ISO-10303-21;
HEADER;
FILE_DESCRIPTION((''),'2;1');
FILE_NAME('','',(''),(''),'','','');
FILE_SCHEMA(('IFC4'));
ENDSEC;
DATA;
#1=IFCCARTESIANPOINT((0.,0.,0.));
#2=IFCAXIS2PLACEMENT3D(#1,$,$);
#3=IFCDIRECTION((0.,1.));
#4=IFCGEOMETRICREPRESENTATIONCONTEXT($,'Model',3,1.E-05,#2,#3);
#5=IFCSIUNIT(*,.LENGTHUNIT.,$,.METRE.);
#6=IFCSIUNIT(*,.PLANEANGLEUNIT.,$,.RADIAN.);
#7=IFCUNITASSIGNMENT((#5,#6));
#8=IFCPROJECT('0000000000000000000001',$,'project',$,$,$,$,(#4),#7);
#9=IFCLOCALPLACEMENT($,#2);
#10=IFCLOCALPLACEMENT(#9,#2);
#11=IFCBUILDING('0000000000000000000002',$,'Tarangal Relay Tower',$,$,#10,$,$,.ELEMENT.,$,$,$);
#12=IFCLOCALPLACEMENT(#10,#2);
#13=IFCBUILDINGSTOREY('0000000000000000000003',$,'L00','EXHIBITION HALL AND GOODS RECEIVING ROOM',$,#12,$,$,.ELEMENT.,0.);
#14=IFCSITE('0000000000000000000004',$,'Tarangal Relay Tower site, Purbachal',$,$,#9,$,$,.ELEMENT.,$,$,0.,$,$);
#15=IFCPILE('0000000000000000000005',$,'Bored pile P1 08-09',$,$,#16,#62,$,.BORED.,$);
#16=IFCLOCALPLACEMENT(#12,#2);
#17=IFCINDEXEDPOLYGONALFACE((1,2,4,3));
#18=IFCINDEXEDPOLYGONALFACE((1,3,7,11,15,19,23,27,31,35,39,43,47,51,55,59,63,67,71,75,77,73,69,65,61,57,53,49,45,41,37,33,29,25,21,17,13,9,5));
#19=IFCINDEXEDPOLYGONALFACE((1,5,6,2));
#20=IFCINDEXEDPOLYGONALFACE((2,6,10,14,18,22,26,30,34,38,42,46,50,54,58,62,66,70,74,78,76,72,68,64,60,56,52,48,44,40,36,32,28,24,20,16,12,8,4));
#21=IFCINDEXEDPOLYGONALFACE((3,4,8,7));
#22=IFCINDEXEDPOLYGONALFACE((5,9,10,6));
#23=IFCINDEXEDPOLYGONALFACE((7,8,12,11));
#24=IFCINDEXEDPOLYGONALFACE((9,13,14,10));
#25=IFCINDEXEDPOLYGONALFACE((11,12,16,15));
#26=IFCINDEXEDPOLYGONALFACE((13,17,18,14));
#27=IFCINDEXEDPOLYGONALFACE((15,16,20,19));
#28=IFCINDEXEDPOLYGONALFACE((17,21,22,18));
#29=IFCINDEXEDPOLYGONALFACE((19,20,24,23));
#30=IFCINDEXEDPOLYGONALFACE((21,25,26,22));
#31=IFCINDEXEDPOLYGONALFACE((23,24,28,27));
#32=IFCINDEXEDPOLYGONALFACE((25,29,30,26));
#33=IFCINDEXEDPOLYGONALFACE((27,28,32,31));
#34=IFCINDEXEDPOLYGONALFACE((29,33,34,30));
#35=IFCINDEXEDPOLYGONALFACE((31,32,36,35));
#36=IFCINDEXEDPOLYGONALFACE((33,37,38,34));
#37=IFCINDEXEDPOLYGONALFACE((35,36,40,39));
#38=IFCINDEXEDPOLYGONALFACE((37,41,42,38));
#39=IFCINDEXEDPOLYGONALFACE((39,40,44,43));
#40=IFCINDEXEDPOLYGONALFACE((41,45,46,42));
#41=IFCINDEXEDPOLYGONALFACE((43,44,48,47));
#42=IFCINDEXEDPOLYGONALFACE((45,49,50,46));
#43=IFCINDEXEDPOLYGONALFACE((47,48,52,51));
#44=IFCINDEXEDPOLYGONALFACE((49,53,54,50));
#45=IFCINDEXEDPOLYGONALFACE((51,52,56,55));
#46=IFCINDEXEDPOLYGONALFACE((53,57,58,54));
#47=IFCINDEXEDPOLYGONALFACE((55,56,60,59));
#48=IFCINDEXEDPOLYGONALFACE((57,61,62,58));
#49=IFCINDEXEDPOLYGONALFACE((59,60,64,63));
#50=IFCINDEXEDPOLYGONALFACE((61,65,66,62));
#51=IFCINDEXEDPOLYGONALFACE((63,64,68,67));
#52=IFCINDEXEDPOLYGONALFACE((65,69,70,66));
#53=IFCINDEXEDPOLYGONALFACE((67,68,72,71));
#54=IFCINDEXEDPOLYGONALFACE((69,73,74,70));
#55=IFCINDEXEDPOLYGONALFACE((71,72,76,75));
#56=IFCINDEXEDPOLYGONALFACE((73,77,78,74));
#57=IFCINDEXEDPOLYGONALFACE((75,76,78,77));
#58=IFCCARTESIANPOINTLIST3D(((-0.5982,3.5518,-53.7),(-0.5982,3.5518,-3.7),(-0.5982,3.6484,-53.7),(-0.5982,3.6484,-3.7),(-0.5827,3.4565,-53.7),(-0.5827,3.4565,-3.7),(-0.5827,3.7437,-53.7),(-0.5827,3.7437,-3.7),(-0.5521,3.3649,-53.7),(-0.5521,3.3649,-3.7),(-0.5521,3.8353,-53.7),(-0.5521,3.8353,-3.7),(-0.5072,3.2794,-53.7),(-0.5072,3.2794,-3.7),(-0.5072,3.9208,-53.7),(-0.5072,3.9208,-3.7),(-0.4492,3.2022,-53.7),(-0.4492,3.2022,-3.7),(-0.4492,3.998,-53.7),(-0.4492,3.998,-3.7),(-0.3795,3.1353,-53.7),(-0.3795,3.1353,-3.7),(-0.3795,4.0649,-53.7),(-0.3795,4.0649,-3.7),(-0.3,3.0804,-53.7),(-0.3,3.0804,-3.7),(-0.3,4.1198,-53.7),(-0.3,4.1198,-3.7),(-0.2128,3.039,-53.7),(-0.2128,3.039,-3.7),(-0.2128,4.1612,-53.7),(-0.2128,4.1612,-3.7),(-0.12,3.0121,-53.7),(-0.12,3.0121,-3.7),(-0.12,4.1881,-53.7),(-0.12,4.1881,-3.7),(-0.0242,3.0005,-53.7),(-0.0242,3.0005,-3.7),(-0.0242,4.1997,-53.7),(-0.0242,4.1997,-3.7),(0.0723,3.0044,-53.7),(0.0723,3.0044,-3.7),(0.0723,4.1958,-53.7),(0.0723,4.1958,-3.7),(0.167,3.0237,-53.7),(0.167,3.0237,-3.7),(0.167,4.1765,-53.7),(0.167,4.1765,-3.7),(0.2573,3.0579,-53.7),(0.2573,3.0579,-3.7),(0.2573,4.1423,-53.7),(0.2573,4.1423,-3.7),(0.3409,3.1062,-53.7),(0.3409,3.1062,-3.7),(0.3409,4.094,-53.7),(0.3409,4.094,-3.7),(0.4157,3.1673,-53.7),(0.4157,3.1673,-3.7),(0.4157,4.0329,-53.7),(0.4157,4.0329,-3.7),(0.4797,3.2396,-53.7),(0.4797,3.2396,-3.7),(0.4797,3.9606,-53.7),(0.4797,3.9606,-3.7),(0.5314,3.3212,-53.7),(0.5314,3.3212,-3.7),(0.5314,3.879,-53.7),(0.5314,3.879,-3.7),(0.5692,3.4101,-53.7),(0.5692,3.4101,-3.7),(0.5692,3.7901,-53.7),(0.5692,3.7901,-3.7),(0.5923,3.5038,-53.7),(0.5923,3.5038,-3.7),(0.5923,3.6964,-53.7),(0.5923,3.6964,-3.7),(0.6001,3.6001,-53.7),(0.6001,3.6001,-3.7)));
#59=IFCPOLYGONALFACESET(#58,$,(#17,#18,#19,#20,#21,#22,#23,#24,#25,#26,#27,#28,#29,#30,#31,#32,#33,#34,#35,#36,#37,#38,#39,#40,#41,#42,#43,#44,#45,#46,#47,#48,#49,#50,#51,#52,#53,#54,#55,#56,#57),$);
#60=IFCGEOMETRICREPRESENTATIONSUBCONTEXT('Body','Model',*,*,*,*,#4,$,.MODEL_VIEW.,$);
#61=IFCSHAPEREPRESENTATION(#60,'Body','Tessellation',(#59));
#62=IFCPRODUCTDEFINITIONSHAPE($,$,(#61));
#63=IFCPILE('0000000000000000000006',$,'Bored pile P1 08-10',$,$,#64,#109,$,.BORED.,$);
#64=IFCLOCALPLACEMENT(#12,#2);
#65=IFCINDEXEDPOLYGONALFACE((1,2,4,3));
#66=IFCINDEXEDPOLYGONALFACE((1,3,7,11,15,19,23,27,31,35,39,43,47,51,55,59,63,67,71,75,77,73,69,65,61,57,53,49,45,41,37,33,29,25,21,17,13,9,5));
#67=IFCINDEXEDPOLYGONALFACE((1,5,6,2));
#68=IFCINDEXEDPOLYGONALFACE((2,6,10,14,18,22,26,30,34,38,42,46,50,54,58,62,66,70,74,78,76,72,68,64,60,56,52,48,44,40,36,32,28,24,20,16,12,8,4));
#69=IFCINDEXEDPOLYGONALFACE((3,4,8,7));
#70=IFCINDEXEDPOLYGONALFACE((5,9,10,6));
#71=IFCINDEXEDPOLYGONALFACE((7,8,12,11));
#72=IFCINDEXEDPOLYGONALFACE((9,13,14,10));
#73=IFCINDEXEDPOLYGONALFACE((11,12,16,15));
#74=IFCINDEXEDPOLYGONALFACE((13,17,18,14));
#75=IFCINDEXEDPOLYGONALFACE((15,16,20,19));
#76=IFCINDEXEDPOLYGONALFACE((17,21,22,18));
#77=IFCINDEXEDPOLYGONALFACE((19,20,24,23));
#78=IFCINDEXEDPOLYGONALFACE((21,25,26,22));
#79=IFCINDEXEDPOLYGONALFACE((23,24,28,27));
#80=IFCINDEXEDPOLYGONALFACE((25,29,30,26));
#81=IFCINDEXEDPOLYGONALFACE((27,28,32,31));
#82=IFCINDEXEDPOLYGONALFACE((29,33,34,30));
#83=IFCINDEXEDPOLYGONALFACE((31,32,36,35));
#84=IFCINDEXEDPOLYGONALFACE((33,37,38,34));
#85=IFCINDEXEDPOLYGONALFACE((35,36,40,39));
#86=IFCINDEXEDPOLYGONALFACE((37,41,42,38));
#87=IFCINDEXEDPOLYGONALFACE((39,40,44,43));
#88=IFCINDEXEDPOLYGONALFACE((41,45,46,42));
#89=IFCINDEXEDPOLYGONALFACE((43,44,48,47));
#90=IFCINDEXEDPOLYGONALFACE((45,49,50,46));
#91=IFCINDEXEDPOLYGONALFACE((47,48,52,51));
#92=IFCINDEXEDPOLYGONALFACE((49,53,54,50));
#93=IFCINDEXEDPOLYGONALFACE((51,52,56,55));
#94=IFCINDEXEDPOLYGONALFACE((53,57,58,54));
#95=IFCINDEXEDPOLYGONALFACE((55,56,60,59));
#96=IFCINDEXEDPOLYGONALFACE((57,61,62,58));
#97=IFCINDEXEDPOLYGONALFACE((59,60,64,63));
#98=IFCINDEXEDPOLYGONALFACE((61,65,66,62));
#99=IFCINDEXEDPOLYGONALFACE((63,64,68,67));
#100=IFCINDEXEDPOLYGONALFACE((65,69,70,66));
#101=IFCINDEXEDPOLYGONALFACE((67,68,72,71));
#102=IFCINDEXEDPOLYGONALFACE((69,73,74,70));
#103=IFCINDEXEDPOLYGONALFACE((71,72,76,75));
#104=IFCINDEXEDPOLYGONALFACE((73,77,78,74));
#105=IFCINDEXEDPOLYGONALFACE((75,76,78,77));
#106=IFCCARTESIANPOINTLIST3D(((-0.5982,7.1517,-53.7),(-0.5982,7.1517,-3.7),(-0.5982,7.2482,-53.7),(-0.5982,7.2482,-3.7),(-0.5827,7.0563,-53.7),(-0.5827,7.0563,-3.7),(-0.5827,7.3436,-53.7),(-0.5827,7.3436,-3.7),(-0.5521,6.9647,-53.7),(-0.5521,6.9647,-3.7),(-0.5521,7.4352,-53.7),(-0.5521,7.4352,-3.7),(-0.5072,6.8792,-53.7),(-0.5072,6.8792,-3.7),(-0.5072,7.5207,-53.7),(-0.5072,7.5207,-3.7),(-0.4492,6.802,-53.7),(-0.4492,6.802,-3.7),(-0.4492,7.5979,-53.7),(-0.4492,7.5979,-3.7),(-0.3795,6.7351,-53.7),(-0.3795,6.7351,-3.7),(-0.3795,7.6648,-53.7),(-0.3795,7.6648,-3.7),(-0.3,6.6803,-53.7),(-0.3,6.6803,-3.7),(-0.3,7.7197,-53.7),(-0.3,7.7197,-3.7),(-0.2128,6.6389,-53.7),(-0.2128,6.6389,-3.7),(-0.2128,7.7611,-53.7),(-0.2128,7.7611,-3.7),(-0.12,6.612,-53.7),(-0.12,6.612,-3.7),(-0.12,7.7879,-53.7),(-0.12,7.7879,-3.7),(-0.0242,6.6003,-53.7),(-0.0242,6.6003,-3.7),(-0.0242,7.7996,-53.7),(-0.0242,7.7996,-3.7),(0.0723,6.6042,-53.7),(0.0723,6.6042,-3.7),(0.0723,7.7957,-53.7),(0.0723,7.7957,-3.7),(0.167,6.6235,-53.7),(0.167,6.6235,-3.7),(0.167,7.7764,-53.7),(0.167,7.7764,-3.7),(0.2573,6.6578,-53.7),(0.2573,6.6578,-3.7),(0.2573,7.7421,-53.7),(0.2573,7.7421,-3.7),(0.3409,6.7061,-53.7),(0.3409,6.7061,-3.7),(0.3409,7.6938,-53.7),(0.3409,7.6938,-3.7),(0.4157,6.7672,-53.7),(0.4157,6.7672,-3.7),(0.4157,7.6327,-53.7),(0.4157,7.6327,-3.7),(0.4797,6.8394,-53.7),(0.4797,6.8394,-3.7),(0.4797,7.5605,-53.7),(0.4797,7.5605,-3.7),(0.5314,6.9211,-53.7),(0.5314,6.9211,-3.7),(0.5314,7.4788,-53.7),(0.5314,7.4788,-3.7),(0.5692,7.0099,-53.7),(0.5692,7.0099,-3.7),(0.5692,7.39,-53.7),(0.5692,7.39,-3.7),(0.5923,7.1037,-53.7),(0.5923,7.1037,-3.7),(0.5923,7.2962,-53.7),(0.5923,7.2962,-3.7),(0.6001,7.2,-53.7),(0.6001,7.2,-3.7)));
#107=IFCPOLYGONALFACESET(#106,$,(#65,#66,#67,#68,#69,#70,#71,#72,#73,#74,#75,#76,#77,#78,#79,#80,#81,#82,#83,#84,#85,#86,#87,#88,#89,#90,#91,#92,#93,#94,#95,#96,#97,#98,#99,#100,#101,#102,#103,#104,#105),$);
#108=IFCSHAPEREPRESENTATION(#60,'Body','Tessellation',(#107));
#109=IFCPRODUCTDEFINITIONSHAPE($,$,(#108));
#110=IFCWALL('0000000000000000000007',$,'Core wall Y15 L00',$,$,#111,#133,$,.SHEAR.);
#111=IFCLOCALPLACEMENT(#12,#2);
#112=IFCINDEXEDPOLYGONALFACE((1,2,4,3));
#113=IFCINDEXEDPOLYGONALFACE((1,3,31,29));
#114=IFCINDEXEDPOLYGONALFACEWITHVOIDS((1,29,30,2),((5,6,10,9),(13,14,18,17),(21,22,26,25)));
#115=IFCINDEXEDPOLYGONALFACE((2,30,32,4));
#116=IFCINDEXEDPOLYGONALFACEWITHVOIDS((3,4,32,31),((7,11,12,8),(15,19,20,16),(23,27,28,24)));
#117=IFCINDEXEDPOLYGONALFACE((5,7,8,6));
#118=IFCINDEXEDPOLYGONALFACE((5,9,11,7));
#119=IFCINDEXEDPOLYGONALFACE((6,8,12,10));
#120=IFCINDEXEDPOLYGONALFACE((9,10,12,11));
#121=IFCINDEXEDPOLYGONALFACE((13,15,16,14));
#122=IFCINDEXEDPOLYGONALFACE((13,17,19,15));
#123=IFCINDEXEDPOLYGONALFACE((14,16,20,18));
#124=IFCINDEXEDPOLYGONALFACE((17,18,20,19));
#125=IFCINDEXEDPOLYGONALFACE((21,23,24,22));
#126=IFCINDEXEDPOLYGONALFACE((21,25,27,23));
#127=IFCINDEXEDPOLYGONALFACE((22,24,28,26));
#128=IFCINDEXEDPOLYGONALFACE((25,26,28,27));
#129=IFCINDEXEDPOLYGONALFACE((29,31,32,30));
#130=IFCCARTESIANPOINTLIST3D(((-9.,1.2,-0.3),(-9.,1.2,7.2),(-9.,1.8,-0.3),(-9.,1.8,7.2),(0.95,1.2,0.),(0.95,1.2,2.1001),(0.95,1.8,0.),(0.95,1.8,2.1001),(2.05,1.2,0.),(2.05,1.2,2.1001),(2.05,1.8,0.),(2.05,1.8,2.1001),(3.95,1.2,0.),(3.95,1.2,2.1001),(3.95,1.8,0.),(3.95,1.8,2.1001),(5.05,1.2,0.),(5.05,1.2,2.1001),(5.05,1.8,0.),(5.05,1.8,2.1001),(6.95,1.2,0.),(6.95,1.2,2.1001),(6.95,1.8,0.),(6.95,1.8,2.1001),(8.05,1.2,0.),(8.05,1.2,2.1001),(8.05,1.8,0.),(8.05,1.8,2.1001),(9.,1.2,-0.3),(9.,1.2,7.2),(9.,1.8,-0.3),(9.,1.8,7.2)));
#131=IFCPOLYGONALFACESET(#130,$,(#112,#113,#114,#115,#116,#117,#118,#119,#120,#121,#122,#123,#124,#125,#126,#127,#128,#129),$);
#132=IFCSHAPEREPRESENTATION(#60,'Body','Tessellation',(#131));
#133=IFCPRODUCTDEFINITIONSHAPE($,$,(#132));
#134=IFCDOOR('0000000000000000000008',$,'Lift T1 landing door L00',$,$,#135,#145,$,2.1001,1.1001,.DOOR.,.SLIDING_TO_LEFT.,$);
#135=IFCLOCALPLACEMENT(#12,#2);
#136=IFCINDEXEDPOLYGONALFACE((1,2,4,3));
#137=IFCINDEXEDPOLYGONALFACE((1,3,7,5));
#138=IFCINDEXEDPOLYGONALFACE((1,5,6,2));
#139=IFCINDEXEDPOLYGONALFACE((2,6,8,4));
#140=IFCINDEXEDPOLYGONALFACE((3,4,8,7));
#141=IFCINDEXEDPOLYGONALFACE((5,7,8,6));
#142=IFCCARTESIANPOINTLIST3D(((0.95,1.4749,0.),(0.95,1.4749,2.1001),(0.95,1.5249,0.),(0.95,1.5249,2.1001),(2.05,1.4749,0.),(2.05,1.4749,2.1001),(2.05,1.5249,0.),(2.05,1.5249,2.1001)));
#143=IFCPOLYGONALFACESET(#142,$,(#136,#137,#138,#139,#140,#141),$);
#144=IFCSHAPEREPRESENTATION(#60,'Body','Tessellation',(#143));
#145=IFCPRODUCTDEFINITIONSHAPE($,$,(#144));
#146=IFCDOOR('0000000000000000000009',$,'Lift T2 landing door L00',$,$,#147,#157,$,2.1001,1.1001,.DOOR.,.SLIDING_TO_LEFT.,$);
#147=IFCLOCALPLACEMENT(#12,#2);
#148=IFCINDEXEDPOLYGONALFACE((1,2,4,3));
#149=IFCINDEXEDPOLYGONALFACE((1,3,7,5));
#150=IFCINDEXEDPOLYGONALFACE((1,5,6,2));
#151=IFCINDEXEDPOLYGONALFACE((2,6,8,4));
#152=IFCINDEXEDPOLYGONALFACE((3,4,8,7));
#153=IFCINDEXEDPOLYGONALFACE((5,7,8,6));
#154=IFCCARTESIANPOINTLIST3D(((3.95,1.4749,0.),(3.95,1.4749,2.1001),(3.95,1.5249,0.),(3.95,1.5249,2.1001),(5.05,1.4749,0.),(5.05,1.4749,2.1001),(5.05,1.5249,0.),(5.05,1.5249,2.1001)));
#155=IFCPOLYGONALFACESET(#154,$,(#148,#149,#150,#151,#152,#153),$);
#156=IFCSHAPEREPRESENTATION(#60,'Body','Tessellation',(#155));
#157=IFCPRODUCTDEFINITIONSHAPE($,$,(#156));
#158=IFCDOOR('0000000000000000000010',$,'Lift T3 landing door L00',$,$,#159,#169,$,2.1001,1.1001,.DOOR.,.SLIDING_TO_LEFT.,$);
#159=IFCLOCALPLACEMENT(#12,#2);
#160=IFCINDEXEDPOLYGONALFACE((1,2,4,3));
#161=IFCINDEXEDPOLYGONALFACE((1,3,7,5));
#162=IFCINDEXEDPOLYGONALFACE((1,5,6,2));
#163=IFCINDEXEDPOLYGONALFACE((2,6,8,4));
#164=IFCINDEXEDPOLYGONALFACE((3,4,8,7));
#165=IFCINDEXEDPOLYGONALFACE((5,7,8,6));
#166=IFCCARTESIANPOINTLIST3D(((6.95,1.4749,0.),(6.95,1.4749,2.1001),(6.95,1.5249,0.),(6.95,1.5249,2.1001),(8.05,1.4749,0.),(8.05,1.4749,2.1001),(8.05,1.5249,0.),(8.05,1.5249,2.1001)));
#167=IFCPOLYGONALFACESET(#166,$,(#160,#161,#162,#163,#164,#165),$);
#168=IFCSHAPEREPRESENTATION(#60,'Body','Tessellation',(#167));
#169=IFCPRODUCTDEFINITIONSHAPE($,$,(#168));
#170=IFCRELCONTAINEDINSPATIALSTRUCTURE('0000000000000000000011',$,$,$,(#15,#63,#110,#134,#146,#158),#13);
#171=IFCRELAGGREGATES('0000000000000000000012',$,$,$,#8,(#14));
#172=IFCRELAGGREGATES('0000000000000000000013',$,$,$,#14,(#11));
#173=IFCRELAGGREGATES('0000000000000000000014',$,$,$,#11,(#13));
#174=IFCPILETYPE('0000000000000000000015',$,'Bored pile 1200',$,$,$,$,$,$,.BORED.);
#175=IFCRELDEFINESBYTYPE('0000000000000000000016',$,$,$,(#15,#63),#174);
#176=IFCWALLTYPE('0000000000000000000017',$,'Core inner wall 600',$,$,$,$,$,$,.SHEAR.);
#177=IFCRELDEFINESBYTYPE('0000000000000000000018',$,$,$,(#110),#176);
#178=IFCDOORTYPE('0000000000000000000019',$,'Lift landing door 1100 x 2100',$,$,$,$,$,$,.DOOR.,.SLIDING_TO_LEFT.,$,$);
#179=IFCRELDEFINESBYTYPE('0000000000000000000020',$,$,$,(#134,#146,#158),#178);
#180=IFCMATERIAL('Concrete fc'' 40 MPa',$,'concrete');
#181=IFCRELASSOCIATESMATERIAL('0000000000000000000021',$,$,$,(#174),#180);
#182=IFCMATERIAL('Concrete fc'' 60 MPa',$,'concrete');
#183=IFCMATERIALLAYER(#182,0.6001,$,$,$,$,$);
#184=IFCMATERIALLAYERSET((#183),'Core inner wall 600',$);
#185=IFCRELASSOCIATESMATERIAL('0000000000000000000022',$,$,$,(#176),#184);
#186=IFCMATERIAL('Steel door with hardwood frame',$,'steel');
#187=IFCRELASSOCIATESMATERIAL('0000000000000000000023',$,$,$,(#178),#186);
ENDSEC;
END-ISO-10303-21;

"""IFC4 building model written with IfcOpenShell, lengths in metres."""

from ifc_helpers import new_model, si_unit, direction, frame, frame_2d, origin, origin_2d, place, context, subcontext, project, spatial, rectangle, circle, extrude, material, layer, layer_set, material_profile, profile_set, type_object, element, fill, save


model = new_model("IFC4")

# Units and contexts
model_context = context("Model", 3, precision=1e-05, world=origin(), true_north=direction((0.0, 1.0)))
body_context = subcontext(model_context, "Body", "Model", "MODEL_VIEW")
ifc_project = project(units=[si_unit("LENGTHUNIT", "METRE"), si_unit("PLANEANGLEUNIT", "RADIAN")], contexts=[model_context])

# Site, building, storey
site_placement = place(None, origin())
site = spatial("IfcSite", under=ifc_project, at=site_placement, Name="Tarangal Relay Tower site, Purbachal", CompositionType="ELEMENT", RefElevation=0.0)
building_placement = place(site_placement, origin())
building = spatial("IfcBuilding", under=site, at=building_placement, Name="Tarangal Relay Tower", CompositionType="ELEMENT")
storey_placement = place(building_placement, origin())
storey = spatial("IfcBuildingStorey", under=building, at=storey_placement, Name="L00", Description="EXHIBITION HALL AND GOODS RECEIVING ROOM", CompositionType="ELEMENT", Elevation=0.0)

# Piles
ifc_material_1 = material(Name="Concrete fc' 40 MPa", Category="concrete")
ifc_material_profile = material_profile(ifc_material_1, circle(Radius=0.6001, at=origin_2d()), Name="D1200")
ifc_profile_set = profile_set([ifc_material_profile], Name="Concrete fc' 40 MPa")
pile_type = type_object("IfcPileType", Name="Bored pile 1200", PredefinedType="BORED", material=ifc_profile_set)
for number, where, z_axis, x_axis, name in (
    (1, (0.0, 3.6001, -3.7), (0.0, 0.0, -1.0), (1.0, 0.0, 0.0), "Bored pile P1 08-09"),
    (2, (0.0, 7.2, -3.7), (0.0, 0.0, -1.0), (1.0, 0.0, 0.0), "Bored pile P1 08-10"),
):
    element("IfcPile", number, at=place(storey_placement, frame(where, z_axis=z_axis, x_axis=x_axis)), inside=storey, type_object=pile_type, Name=name, PredefinedType="BORED", context=body_context, shape_type="SweptSolid", body=[
        extrude(circle(Radius=0.6001, at=origin_2d()), origin(), (0.0, 0.0, 1.0), 50.0),
    ])

# Wall, openings, doors
ifc_material_2 = material(Name="Concrete fc' 60 MPa", Category="concrete")
ifc_layer = layer(ifc_material_2, 0.6001)
ifc_layer_set = layer_set([ifc_layer], Name="Core inner wall 600")
wall_type = type_object("IfcWallType", Name="Core inner wall 600", PredefinedType="SHEAR", material=ifc_layer_set)
wall_1_placement = place(storey_placement, frame((-9.0, 1.5, -0.3), z_axis=(0.0, 0.0, 1.0), x_axis=(1.0, 0.0, 0.0)))
wall_1 = element("IfcWall", 3, at=wall_1_placement, inside=storey, type_object=wall_type, Name="Core wall Y15 L00", PredefinedType="SHEAR", context=body_context, shape_type="SweptSolid", body=[
    extrude(rectangle(XDim=18.0, YDim=0.6001, at=frame_2d((9.0, 0.0))), origin(), (0.0, 0.0, 1.0), 7.5),
])
opening_1_placement = place(wall_1_placement, frame((9.95, 0.0, 0.3)))
opening_1 = element("IfcOpeningElement", 4, at=opening_1_placement, cuts=wall_1, PredefinedType="OPENING", context=body_context, shape_type="SweptSolid", body=[
    extrude(rectangle(XDim=1.1001, YDim=2.1001, at=frame_2d((0.55, 1.05))), frame((0.0, 0.3101, 0.0), z_axis=(0.0, -1.0, 0.0), x_axis=(1.0, 0.0, 0.0)), (0.0, 0.0, 1.0), 0.6201),
])
opening_2_placement = place(wall_1_placement, frame((12.95, 0.0, 0.3)))
opening_2 = element("IfcOpeningElement", 5, at=opening_2_placement, cuts=wall_1, PredefinedType="OPENING", context=body_context, shape_type="SweptSolid", body=[
    extrude(rectangle(XDim=1.1001, YDim=2.1001, at=frame_2d((0.55, 1.05))), frame((0.0, 0.3101, 0.0), z_axis=(0.0, -1.0, 0.0), x_axis=(1.0, 0.0, 0.0)), (0.0, 0.0, 1.0), 0.6201),
])
opening_3_placement = place(wall_1_placement, frame((15.95, 0.0, 0.3)))
opening_3 = element("IfcOpeningElement", 6, at=opening_3_placement, cuts=wall_1, PredefinedType="OPENING", context=body_context, shape_type="SweptSolid", body=[
    extrude(rectangle(XDim=1.1001, YDim=2.1001, at=frame_2d((0.55, 1.05))), frame((0.0, 0.3101, 0.0), z_axis=(0.0, -1.0, 0.0), x_axis=(1.0, 0.0, 0.0)), (0.0, 0.0, 1.0), 0.6201),
])
ifc_material_3 = material(Name="Steel door with hardwood frame", Category="steel")
door_type_1 = type_object("IfcDoorType", Name="Lift landing door 1100 x 2100", OperationType="SLIDING_TO_LEFT", PredefinedType="DOOR", material=ifc_material_3)
door_1_placement = place(opening_1_placement, origin())
door_1 = element("IfcDoor", 7, at=door_1_placement, inside=storey, type_object=door_type_1, Name="Lift T1 landing door L00", OperationType="SLIDING_TO_LEFT", OverallHeight=2.1001, OverallWidth=1.1001, PredefinedType="DOOR", context=body_context, shape_type="SweptSolid", body=[
    extrude(rectangle(XDim=1.1001, YDim=2.1001, at=frame_2d((0.55, 1.05))), frame((0.0, 0.0249, 0.0), z_axis=(0.0, -1.0, 0.0), x_axis=(1.0, 0.0, 0.0)), (0.0, 0.0, 1.0), 0.05),
])
fill(opening_1, door_1)
door_2_placement = place(opening_2_placement, origin())
door_2 = element("IfcDoor", 8, at=door_2_placement, inside=storey, type_object=door_type_1, Name="Lift T2 landing door L00", OperationType="SLIDING_TO_LEFT", OverallHeight=2.1001, OverallWidth=1.1001, PredefinedType="DOOR", context=body_context, shape_type="SweptSolid", body=[
    extrude(rectangle(XDim=1.1001, YDim=2.1001, at=frame_2d((0.55, 1.05))), frame((0.0, 0.0249, 0.0), z_axis=(0.0, -1.0, 0.0), x_axis=(1.0, 0.0, 0.0)), (0.0, 0.0, 1.0), 0.05),
])
fill(opening_2, door_2)
door_3_placement = place(opening_3_placement, origin())
door_3 = element("IfcDoor", 9, at=door_3_placement, inside=storey, type_object=door_type_1, Name="Lift T3 landing door L00", OperationType="SLIDING_TO_LEFT", OverallHeight=2.1001, OverallWidth=1.1001, PredefinedType="DOOR", context=body_context, shape_type="SweptSolid", body=[
    extrude(rectangle(XDim=1.1001, YDim=2.1001, at=frame_2d((0.55, 1.05))), frame((0.0, 0.0249, 0.0), z_axis=(0.0, -1.0, 0.0), x_axis=(1.0, 0.0, 0.0)), (0.0, 0.0, 1.0), 0.05),
])
fill(opening_3, door_3)

save(model, "model.ifc")
